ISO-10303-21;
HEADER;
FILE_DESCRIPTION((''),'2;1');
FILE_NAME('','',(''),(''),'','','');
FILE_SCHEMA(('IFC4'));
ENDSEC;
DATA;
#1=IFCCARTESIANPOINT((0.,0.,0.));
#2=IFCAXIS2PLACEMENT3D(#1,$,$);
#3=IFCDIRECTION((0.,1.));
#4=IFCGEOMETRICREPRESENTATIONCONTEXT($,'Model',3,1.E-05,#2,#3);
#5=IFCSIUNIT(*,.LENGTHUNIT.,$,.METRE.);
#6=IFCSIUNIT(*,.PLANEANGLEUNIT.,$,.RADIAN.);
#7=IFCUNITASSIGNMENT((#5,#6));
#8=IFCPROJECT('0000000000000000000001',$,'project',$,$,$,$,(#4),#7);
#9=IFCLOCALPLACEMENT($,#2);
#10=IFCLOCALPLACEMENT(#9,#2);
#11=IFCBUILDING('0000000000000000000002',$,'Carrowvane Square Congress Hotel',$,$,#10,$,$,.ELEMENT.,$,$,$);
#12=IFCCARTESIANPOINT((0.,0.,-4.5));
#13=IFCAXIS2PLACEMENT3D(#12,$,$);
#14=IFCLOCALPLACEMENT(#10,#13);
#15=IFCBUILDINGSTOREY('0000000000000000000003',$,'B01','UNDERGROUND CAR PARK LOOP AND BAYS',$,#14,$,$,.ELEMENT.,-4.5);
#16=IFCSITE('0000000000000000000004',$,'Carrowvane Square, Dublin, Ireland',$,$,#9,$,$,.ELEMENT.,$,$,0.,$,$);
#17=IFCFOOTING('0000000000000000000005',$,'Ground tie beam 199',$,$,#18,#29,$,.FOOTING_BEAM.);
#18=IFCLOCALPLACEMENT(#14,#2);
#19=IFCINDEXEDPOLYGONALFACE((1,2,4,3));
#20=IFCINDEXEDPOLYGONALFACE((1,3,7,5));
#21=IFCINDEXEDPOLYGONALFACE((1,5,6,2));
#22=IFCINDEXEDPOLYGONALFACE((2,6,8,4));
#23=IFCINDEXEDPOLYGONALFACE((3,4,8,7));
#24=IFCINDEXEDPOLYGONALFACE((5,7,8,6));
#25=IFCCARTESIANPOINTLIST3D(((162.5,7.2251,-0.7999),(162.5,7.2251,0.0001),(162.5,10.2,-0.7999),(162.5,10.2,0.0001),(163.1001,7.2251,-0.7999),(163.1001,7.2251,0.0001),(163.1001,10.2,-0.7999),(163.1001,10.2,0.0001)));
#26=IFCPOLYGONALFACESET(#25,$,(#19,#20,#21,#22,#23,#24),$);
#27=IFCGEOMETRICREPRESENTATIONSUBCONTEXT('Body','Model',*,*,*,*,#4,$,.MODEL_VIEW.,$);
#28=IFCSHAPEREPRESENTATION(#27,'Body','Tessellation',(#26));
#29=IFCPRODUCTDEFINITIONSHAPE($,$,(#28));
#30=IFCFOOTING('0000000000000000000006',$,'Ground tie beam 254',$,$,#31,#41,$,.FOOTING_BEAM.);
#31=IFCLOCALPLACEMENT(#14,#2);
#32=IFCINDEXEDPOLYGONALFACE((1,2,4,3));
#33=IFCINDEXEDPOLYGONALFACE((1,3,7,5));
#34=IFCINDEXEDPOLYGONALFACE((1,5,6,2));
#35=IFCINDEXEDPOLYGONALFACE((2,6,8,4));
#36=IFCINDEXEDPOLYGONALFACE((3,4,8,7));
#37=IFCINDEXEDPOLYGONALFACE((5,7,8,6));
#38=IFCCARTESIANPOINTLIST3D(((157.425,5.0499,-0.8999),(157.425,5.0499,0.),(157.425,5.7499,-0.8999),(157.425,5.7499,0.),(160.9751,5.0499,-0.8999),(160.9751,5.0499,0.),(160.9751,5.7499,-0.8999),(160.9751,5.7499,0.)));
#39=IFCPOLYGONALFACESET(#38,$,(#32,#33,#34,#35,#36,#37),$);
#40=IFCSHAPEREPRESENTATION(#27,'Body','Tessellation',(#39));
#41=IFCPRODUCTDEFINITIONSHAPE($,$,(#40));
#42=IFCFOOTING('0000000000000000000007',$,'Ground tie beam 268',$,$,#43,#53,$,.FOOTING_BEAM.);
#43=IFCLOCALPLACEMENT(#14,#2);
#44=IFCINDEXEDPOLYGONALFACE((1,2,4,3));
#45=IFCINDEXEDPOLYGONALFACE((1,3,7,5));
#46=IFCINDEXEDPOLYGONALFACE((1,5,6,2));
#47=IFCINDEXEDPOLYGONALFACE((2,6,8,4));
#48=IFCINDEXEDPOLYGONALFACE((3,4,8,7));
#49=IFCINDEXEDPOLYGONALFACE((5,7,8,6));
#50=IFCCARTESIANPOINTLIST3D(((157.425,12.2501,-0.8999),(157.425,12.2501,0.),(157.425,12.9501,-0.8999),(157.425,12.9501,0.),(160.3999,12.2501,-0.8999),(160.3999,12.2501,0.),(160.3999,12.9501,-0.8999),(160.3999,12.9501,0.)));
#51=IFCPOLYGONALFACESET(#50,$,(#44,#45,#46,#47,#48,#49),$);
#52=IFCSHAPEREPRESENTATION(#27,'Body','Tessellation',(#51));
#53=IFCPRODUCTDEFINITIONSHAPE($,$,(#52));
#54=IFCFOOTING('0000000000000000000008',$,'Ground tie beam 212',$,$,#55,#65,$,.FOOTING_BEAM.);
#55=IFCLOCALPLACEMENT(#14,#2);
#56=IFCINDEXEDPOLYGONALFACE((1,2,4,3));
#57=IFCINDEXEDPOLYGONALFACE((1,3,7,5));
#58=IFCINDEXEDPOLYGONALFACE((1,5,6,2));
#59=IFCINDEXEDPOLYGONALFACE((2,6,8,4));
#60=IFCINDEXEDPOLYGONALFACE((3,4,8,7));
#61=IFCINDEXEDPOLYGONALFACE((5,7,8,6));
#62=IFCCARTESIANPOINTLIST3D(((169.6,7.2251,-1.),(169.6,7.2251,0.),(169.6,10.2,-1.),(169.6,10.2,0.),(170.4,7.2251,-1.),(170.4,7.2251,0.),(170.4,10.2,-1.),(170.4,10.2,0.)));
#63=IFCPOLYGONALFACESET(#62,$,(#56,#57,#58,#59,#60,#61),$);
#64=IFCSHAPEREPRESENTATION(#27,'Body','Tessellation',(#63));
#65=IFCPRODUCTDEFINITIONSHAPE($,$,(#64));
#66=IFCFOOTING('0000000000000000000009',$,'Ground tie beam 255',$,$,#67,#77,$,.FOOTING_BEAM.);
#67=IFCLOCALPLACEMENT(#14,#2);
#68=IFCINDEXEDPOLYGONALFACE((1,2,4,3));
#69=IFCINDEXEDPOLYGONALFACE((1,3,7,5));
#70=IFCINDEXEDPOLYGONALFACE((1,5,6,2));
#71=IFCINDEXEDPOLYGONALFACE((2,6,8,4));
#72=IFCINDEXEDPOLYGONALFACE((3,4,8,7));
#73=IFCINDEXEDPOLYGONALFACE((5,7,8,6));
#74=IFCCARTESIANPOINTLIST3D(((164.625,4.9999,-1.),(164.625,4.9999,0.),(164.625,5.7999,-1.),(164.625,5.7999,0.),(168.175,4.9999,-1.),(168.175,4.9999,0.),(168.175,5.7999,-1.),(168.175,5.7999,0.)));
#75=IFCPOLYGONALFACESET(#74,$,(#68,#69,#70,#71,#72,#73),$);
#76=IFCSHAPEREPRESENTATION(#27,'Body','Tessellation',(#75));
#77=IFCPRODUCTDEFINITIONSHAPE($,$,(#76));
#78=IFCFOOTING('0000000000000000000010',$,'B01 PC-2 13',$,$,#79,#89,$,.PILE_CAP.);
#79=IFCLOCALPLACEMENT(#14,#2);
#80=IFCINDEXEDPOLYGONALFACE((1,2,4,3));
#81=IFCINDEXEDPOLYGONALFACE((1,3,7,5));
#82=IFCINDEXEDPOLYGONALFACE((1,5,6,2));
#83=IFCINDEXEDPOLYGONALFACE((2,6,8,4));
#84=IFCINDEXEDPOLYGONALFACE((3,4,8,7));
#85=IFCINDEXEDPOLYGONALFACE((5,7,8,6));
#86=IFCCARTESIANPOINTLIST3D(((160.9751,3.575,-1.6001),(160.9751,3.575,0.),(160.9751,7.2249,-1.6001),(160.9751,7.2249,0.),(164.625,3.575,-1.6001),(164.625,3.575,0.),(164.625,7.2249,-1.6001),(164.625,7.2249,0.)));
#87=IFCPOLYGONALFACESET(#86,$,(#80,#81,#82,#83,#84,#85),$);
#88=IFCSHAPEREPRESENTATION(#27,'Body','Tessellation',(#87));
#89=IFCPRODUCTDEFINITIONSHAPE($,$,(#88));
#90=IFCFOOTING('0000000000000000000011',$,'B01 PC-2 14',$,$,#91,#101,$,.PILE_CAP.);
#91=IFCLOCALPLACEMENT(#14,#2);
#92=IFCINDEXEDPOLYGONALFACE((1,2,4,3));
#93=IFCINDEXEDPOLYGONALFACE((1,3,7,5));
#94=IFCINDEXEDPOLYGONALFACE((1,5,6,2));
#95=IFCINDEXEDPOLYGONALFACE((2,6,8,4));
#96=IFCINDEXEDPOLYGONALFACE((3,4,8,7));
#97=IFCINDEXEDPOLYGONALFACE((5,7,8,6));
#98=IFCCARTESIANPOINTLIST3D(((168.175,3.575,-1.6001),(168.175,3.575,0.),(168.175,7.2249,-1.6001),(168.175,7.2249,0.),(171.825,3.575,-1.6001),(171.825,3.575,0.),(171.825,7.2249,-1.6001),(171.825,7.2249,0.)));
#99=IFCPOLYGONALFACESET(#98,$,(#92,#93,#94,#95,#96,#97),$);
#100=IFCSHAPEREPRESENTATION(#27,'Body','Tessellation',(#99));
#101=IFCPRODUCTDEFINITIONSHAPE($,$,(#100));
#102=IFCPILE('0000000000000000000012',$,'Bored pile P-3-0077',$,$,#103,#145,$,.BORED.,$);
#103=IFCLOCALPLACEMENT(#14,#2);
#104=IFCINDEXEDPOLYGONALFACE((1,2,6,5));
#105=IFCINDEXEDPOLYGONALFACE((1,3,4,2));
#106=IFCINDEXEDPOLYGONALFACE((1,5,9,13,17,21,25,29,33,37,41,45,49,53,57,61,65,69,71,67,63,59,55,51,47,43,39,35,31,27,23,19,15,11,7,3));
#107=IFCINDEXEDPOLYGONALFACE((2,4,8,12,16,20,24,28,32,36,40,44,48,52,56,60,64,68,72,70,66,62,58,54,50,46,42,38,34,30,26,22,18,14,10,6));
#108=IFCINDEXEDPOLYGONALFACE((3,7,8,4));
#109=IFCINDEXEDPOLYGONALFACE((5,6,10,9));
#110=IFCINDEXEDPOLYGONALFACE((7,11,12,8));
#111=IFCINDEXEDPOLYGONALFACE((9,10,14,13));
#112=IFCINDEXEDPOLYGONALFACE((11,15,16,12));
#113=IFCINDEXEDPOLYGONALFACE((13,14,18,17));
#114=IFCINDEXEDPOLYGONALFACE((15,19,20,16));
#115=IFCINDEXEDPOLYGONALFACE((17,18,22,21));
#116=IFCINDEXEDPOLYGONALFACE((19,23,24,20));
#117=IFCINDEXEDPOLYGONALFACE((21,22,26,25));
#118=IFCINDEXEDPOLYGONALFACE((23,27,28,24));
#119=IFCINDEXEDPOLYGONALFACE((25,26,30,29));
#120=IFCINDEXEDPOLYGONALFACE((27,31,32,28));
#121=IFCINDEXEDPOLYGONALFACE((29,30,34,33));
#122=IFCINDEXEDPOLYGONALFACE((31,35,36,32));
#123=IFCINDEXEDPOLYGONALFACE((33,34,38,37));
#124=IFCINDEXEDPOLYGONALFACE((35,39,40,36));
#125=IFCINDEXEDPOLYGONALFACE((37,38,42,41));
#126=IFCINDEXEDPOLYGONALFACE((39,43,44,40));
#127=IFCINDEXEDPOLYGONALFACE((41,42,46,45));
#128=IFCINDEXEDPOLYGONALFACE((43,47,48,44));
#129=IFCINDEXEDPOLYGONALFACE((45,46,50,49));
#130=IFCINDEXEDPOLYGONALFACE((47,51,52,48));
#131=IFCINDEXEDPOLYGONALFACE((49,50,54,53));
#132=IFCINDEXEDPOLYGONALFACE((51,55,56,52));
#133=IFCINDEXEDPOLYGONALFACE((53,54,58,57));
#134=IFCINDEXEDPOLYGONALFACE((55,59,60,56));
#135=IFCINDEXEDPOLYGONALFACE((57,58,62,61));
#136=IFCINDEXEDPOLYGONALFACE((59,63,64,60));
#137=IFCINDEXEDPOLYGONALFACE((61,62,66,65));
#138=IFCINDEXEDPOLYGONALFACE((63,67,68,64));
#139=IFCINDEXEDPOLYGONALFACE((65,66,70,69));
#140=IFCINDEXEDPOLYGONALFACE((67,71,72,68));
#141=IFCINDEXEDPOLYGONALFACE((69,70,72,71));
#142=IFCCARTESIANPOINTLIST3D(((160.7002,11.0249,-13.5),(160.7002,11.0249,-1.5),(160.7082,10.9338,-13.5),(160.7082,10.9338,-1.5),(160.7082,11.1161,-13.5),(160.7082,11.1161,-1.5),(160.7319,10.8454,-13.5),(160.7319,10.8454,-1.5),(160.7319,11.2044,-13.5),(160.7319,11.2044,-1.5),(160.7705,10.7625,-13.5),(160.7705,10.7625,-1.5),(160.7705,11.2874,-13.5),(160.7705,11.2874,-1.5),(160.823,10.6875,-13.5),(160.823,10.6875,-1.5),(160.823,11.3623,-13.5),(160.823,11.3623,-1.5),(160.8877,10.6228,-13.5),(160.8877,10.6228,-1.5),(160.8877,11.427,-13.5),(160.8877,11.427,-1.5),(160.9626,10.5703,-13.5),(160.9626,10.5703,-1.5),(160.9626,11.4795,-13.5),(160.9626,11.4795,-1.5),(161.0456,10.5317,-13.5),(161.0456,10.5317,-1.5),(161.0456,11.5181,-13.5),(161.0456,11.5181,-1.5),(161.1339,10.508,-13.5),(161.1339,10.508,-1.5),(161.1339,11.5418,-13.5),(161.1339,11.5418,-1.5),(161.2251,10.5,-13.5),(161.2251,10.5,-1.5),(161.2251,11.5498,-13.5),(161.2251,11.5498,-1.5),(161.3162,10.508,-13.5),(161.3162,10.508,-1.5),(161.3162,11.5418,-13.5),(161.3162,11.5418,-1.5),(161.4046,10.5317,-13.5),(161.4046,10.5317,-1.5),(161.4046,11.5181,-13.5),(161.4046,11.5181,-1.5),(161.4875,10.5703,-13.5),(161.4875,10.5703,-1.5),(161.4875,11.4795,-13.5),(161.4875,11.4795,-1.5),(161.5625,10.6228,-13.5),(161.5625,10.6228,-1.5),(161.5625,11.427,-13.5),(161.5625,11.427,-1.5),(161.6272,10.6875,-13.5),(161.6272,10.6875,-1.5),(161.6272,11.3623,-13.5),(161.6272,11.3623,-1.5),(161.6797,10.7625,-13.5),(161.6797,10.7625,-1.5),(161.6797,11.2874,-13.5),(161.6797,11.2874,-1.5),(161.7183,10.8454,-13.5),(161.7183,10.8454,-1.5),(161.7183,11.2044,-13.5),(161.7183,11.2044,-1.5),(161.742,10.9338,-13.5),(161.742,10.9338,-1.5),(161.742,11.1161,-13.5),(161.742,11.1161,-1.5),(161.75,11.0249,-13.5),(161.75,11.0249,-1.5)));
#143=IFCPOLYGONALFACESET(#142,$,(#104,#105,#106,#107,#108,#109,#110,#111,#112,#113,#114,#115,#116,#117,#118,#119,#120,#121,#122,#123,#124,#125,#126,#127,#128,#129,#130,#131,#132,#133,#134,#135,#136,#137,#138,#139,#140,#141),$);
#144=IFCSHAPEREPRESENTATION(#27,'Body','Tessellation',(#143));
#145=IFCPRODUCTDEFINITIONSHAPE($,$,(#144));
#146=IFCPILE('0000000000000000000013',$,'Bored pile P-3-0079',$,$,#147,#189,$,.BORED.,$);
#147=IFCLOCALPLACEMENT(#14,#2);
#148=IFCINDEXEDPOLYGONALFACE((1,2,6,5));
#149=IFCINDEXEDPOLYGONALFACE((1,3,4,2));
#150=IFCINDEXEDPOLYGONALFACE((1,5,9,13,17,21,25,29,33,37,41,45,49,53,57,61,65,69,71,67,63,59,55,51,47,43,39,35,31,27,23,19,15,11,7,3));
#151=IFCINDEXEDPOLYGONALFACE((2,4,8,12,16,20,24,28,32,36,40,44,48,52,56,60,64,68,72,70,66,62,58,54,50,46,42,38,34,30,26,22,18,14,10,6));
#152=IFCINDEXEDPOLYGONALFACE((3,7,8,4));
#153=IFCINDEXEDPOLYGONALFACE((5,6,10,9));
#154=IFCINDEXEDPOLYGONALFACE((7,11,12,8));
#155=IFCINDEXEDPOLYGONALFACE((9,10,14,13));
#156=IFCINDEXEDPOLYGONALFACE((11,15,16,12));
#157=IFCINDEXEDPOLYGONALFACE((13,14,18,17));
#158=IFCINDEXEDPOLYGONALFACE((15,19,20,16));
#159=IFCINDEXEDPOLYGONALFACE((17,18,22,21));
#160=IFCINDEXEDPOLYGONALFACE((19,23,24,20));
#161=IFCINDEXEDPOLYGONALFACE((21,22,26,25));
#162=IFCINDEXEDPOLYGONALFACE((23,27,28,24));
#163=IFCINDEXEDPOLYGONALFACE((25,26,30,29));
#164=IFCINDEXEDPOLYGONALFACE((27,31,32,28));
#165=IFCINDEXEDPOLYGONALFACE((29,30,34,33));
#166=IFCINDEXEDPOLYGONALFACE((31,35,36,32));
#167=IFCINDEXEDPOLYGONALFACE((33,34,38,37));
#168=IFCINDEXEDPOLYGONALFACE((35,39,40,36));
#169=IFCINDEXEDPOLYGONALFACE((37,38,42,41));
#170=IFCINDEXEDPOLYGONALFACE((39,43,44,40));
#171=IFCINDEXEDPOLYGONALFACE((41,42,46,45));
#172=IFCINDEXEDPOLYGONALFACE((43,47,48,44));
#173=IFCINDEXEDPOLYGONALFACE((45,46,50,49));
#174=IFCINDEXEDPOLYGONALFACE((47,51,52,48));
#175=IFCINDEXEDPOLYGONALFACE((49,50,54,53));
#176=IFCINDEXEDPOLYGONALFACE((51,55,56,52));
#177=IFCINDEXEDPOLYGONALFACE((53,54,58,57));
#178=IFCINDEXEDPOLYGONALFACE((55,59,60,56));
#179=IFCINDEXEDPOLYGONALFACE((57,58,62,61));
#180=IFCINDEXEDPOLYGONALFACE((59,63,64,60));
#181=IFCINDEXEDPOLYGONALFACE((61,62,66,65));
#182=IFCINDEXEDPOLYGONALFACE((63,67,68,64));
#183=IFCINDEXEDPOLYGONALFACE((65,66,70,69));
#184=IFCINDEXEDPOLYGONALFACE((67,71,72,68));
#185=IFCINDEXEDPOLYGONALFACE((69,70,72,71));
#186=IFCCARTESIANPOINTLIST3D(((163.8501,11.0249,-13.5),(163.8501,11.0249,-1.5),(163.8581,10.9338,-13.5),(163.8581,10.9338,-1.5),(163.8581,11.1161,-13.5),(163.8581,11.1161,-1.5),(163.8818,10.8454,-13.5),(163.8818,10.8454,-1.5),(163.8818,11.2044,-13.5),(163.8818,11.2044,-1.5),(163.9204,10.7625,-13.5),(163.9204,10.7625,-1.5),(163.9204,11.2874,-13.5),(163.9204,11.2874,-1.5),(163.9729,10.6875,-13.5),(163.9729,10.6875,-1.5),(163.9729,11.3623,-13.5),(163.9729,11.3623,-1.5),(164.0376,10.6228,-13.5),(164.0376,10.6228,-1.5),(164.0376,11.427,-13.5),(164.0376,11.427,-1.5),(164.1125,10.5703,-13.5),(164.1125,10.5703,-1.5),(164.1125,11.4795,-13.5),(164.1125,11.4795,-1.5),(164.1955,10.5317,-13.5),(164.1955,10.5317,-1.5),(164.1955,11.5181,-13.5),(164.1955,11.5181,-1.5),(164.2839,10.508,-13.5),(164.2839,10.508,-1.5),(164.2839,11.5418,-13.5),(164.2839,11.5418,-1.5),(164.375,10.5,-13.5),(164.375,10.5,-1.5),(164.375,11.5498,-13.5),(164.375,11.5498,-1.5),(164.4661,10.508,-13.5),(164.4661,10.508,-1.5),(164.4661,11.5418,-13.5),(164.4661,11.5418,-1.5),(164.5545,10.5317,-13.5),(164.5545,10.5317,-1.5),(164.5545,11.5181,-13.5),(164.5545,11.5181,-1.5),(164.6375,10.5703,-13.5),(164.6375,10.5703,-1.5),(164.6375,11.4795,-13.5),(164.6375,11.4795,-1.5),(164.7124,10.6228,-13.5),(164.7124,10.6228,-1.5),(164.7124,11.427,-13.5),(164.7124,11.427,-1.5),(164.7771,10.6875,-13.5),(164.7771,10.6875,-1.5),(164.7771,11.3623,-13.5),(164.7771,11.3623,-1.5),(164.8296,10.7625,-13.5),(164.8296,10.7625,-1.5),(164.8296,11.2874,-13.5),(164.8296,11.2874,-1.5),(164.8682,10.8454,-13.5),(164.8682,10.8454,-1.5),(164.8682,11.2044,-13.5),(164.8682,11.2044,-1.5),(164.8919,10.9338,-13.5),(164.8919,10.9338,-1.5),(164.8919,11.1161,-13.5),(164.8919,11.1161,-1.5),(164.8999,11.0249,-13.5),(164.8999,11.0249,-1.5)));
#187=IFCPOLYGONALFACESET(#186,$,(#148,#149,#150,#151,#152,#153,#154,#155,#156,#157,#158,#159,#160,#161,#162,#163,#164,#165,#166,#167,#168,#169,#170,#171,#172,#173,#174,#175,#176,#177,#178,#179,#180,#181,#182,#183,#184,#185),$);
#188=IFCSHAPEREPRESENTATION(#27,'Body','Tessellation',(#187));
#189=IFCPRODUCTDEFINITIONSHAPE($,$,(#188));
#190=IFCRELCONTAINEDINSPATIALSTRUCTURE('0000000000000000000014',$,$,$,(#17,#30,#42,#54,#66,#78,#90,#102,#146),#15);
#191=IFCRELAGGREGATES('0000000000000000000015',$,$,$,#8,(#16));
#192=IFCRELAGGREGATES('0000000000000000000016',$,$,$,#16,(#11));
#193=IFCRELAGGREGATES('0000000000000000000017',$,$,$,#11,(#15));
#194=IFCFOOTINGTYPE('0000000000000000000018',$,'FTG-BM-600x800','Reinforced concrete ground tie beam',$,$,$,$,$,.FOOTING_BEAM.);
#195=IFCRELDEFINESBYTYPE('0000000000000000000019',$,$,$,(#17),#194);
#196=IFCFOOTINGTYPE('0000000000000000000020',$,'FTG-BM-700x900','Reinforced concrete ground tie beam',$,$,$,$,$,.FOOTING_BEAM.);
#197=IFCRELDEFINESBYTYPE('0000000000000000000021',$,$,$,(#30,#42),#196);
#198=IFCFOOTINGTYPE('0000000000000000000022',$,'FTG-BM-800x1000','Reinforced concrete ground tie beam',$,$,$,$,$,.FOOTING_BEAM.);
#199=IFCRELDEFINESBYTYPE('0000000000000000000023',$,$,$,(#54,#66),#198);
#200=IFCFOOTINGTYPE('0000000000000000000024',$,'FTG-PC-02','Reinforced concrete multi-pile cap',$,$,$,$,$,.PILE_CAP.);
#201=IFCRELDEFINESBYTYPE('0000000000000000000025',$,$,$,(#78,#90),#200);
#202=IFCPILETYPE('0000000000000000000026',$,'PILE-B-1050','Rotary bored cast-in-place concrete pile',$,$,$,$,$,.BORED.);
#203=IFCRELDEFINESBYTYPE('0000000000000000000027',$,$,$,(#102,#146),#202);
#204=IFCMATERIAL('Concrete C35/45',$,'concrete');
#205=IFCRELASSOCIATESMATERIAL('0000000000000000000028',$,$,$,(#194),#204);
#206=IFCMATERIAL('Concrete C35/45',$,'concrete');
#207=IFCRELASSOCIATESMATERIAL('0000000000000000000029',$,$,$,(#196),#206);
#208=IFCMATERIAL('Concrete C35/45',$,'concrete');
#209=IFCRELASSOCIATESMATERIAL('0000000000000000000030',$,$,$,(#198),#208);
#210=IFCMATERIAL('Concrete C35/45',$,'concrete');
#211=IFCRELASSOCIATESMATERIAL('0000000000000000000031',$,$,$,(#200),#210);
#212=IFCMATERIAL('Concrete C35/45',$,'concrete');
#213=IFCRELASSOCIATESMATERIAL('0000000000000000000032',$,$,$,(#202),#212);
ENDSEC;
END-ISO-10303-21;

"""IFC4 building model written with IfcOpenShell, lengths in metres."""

from ifc_helpers import new_model, si_unit, direction, frame, origin, origin_2d, place, context, subcontext, project, spatial, rectangle, circle, extrude, material, material_profile, profile_set, type_object, element, save


model = new_model("IFC4")

# Units and contexts
model_context = context("Model", 3, precision=1e-05, world=origin(), true_north=direction((0.0, 1.0)))
body_context = subcontext(model_context, "Body", "Model", "MODEL_VIEW")
ifc_project = project(units=[si_unit("LENGTHUNIT", "METRE"), si_unit("PLANEANGLEUNIT", "RADIAN")], contexts=[model_context])

# Site, building, storey
site_placement = place(None, origin())
site = spatial("IfcSite", under=ifc_project, at=site_placement, Name="Carrowvane Square, Dublin, Ireland", CompositionType="ELEMENT", RefElevation=0.0)
building_placement = place(site_placement, origin())
building = spatial("IfcBuilding", under=site, at=building_placement, Name="Carrowvane Square Congress Hotel", CompositionType="ELEMENT")
storey_placement = place(building_placement, frame((0.0, 0.0, -4.5)))
storey = spatial("IfcBuildingStorey", under=building, at=storey_placement, Name="B01", Description="UNDERGROUND CAR PARK LOOP AND BAYS", CompositionType="ELEMENT", Elevation=-4.5)

# Footings
ifc_material_1 = material(Name="Concrete C35/45", Category="concrete")
ifc_material_profile_1 = material_profile(ifc_material_1, rectangle(XDim=0.6001, YDim=0.8, at=origin_2d()), Name="RC 600x800")
ifc_profile_set_1 = profile_set([ifc_material_profile_1], Name="Concrete C35/45")
footing_type_1 = type_object("IfcFootingType", Name="FTG-BM-600x800", Description="Reinforced concrete ground tie beam", PredefinedType="FOOTING_BEAM", material=ifc_profile_set_1)
footing_1_placement = place(storey_placement, frame((162.8, 7.2251, -0.3999), z_axis=(0.0, 1.0, 0.0), x_axis=(-1.0, 0.0, 0.0)))
element("IfcFooting", 1, at=footing_1_placement, inside=storey, type_object=footing_type_1, Name="Ground tie beam 199", PredefinedType="FOOTING_BEAM", context=body_context, shape_type="SweptSolid", body=[
    extrude(rectangle(XDim=0.6001, YDim=0.8, at=origin_2d()), origin(), (0.0, 0.0, 1.0), 2.9749),
])
ifc_material_2 = material(Name="Concrete C35/45", Category="concrete")
ifc_material_profile_2 = material_profile(ifc_material_2, rectangle(XDim=0.7, YDim=0.8999, at=origin_2d()), Name="RC 700x900")
ifc_profile_set_2 = profile_set([ifc_material_profile_2], Name="Concrete C35/45")
footing_type_2 = type_object("IfcFootingType", Name="FTG-BM-700x900", Description="Reinforced concrete ground tie beam", PredefinedType="FOOTING_BEAM", material=ifc_profile_set_2)
footing_2_placement = place(storey_placement, frame((157.425, 5.3999, -0.45), z_axis=(1.0, 0.0, 0.0), x_axis=(0.0, 1.0, 0.0)))
element("IfcFooting", 2, at=footing_2_placement, inside=storey, type_object=footing_type_2, Name="Ground tie beam 254", PredefinedType="FOOTING_BEAM", context=body_context, shape_type="SweptSolid", body=[
    extrude(rectangle(XDim=0.7, YDim=0.8999, at=origin_2d()), origin(), (0.0, 0.0, 1.0), 3.55),
])
footing_3_placement = place(storey_placement, frame((157.425, 12.6001, -0.45), z_axis=(1.0, 0.0, 0.0), x_axis=(0.0, 1.0, 0.0)))
element("IfcFooting", 3, at=footing_3_placement, inside=storey, type_object=footing_type_2, Name="Ground tie beam 268", PredefinedType="FOOTING_BEAM", context=body_context, shape_type="SweptSolid", body=[
    extrude(rectangle(XDim=0.7, YDim=0.8999, at=origin_2d()), origin(), (0.0, 0.0, 1.0), 2.9749),
])
ifc_material_3 = material(Name="Concrete C35/45", Category="concrete")
ifc_material_profile_3 = material_profile(ifc_material_3, rectangle(XDim=0.8, YDim=1.0, at=origin_2d()), Name="RC 800x1000")
ifc_profile_set_3 = profile_set([ifc_material_profile_3], Name="Concrete C35/45")
footing_type_3 = type_object("IfcFootingType", Name="FTG-BM-800x1000", Description="Reinforced concrete ground tie beam", PredefinedType="FOOTING_BEAM", material=ifc_profile_set_3)
footing_4_placement = place(storey_placement, frame((170.0, 7.2251, -0.5), z_axis=(0.0, 1.0, 0.0), x_axis=(-1.0, 0.0, 0.0)))
element("IfcFooting", 4, at=footing_4_placement, inside=storey, type_object=footing_type_3, Name="Ground tie beam 212", PredefinedType="FOOTING_BEAM", context=body_context, shape_type="SweptSolid", body=[
    extrude(rectangle(XDim=0.8, YDim=1.0, at=origin_2d()), origin(), (0.0, 0.0, 1.0), 2.9749),
])
footing_5_placement = place(storey_placement, frame((164.625, 5.3999, -0.5), z_axis=(1.0, 0.0, 0.0), x_axis=(0.0, 1.0, 0.0)))
element("IfcFooting", 5, at=footing_5_placement, inside=storey, type_object=footing_type_3, Name="Ground tie beam 255", PredefinedType="FOOTING_BEAM", context=body_context, shape_type="SweptSolid", body=[
    extrude(rectangle(XDim=0.8, YDim=1.0, at=origin_2d()), origin(), (0.0, 0.0, 1.0), 3.55),
])
ifc_material_4 = material(Name="Concrete C35/45", Category="concrete")
footing_type_4 = type_object("IfcFootingType", Name="FTG-PC-02", Description="Reinforced concrete multi-pile cap", PredefinedType="PILE_CAP", material=ifc_material_4)
for number, where, z_axis, x_axis, name in (
    (6, (162.8, 5.3999, -1.6001), (0.0, 0.0, 1.0), (1.0, 0.0, 0.0), "B01 PC-2 13"),
    (7, (170.0, 5.3999, -1.6001), (0.0, 0.0, 1.0), (1.0, 0.0, 0.0), "B01 PC-2 14"),
):
    element("IfcFooting", number, at=place(storey_placement, frame(where, z_axis=z_axis, x_axis=x_axis)), inside=storey, type_object=footing_type_4, Name=name, PredefinedType="PILE_CAP", context=body_context, shape_type="SweptSolid", body=[
        extrude(rectangle(XDim=3.6499, YDim=3.6499, at=origin_2d()), origin(), (0.0, 0.0, 1.0), 1.6001),
    ])

# Piles
ifc_material_5 = material(Name="Concrete C35/45", Category="concrete")
ifc_material_profile_4 = material_profile(ifc_material_5, circle(Radius=0.5249, at=origin_2d()), Name="PILE D1050")
ifc_profile_set_4 = profile_set([ifc_material_profile_4], Name="Concrete C35/45")
pile_type_1 = type_object("IfcPileType", Name="PILE-B-1050", Description="Rotary bored cast-in-place concrete pile", PredefinedType="BORED", material=ifc_profile_set_4)
for number, where, z_axis, x_axis, name in (
    (8, (161.2251, 11.0249, -1.5), (0.0, 0.0, -1.0), (1.0, 0.0, 0.0), "Bored pile P-3-0077"),
    (9, (164.375, 11.0249, -1.5), (0.0, 0.0, -1.0), (1.0, 0.0, 0.0), "Bored pile P-3-0079"),
):
    element("IfcPile", number, at=place(storey_placement, frame(where, z_axis=z_axis, x_axis=x_axis)), inside=storey, type_object=pile_type_1, Name=name, PredefinedType="BORED", context=body_context, shape_type="SweptSolid", body=[
        extrude(circle(Radius=0.5249, at=origin_2d()), origin(), (0.0, 0.0, 1.0), 12.0),
    ])

save(model, "model.ifc")
